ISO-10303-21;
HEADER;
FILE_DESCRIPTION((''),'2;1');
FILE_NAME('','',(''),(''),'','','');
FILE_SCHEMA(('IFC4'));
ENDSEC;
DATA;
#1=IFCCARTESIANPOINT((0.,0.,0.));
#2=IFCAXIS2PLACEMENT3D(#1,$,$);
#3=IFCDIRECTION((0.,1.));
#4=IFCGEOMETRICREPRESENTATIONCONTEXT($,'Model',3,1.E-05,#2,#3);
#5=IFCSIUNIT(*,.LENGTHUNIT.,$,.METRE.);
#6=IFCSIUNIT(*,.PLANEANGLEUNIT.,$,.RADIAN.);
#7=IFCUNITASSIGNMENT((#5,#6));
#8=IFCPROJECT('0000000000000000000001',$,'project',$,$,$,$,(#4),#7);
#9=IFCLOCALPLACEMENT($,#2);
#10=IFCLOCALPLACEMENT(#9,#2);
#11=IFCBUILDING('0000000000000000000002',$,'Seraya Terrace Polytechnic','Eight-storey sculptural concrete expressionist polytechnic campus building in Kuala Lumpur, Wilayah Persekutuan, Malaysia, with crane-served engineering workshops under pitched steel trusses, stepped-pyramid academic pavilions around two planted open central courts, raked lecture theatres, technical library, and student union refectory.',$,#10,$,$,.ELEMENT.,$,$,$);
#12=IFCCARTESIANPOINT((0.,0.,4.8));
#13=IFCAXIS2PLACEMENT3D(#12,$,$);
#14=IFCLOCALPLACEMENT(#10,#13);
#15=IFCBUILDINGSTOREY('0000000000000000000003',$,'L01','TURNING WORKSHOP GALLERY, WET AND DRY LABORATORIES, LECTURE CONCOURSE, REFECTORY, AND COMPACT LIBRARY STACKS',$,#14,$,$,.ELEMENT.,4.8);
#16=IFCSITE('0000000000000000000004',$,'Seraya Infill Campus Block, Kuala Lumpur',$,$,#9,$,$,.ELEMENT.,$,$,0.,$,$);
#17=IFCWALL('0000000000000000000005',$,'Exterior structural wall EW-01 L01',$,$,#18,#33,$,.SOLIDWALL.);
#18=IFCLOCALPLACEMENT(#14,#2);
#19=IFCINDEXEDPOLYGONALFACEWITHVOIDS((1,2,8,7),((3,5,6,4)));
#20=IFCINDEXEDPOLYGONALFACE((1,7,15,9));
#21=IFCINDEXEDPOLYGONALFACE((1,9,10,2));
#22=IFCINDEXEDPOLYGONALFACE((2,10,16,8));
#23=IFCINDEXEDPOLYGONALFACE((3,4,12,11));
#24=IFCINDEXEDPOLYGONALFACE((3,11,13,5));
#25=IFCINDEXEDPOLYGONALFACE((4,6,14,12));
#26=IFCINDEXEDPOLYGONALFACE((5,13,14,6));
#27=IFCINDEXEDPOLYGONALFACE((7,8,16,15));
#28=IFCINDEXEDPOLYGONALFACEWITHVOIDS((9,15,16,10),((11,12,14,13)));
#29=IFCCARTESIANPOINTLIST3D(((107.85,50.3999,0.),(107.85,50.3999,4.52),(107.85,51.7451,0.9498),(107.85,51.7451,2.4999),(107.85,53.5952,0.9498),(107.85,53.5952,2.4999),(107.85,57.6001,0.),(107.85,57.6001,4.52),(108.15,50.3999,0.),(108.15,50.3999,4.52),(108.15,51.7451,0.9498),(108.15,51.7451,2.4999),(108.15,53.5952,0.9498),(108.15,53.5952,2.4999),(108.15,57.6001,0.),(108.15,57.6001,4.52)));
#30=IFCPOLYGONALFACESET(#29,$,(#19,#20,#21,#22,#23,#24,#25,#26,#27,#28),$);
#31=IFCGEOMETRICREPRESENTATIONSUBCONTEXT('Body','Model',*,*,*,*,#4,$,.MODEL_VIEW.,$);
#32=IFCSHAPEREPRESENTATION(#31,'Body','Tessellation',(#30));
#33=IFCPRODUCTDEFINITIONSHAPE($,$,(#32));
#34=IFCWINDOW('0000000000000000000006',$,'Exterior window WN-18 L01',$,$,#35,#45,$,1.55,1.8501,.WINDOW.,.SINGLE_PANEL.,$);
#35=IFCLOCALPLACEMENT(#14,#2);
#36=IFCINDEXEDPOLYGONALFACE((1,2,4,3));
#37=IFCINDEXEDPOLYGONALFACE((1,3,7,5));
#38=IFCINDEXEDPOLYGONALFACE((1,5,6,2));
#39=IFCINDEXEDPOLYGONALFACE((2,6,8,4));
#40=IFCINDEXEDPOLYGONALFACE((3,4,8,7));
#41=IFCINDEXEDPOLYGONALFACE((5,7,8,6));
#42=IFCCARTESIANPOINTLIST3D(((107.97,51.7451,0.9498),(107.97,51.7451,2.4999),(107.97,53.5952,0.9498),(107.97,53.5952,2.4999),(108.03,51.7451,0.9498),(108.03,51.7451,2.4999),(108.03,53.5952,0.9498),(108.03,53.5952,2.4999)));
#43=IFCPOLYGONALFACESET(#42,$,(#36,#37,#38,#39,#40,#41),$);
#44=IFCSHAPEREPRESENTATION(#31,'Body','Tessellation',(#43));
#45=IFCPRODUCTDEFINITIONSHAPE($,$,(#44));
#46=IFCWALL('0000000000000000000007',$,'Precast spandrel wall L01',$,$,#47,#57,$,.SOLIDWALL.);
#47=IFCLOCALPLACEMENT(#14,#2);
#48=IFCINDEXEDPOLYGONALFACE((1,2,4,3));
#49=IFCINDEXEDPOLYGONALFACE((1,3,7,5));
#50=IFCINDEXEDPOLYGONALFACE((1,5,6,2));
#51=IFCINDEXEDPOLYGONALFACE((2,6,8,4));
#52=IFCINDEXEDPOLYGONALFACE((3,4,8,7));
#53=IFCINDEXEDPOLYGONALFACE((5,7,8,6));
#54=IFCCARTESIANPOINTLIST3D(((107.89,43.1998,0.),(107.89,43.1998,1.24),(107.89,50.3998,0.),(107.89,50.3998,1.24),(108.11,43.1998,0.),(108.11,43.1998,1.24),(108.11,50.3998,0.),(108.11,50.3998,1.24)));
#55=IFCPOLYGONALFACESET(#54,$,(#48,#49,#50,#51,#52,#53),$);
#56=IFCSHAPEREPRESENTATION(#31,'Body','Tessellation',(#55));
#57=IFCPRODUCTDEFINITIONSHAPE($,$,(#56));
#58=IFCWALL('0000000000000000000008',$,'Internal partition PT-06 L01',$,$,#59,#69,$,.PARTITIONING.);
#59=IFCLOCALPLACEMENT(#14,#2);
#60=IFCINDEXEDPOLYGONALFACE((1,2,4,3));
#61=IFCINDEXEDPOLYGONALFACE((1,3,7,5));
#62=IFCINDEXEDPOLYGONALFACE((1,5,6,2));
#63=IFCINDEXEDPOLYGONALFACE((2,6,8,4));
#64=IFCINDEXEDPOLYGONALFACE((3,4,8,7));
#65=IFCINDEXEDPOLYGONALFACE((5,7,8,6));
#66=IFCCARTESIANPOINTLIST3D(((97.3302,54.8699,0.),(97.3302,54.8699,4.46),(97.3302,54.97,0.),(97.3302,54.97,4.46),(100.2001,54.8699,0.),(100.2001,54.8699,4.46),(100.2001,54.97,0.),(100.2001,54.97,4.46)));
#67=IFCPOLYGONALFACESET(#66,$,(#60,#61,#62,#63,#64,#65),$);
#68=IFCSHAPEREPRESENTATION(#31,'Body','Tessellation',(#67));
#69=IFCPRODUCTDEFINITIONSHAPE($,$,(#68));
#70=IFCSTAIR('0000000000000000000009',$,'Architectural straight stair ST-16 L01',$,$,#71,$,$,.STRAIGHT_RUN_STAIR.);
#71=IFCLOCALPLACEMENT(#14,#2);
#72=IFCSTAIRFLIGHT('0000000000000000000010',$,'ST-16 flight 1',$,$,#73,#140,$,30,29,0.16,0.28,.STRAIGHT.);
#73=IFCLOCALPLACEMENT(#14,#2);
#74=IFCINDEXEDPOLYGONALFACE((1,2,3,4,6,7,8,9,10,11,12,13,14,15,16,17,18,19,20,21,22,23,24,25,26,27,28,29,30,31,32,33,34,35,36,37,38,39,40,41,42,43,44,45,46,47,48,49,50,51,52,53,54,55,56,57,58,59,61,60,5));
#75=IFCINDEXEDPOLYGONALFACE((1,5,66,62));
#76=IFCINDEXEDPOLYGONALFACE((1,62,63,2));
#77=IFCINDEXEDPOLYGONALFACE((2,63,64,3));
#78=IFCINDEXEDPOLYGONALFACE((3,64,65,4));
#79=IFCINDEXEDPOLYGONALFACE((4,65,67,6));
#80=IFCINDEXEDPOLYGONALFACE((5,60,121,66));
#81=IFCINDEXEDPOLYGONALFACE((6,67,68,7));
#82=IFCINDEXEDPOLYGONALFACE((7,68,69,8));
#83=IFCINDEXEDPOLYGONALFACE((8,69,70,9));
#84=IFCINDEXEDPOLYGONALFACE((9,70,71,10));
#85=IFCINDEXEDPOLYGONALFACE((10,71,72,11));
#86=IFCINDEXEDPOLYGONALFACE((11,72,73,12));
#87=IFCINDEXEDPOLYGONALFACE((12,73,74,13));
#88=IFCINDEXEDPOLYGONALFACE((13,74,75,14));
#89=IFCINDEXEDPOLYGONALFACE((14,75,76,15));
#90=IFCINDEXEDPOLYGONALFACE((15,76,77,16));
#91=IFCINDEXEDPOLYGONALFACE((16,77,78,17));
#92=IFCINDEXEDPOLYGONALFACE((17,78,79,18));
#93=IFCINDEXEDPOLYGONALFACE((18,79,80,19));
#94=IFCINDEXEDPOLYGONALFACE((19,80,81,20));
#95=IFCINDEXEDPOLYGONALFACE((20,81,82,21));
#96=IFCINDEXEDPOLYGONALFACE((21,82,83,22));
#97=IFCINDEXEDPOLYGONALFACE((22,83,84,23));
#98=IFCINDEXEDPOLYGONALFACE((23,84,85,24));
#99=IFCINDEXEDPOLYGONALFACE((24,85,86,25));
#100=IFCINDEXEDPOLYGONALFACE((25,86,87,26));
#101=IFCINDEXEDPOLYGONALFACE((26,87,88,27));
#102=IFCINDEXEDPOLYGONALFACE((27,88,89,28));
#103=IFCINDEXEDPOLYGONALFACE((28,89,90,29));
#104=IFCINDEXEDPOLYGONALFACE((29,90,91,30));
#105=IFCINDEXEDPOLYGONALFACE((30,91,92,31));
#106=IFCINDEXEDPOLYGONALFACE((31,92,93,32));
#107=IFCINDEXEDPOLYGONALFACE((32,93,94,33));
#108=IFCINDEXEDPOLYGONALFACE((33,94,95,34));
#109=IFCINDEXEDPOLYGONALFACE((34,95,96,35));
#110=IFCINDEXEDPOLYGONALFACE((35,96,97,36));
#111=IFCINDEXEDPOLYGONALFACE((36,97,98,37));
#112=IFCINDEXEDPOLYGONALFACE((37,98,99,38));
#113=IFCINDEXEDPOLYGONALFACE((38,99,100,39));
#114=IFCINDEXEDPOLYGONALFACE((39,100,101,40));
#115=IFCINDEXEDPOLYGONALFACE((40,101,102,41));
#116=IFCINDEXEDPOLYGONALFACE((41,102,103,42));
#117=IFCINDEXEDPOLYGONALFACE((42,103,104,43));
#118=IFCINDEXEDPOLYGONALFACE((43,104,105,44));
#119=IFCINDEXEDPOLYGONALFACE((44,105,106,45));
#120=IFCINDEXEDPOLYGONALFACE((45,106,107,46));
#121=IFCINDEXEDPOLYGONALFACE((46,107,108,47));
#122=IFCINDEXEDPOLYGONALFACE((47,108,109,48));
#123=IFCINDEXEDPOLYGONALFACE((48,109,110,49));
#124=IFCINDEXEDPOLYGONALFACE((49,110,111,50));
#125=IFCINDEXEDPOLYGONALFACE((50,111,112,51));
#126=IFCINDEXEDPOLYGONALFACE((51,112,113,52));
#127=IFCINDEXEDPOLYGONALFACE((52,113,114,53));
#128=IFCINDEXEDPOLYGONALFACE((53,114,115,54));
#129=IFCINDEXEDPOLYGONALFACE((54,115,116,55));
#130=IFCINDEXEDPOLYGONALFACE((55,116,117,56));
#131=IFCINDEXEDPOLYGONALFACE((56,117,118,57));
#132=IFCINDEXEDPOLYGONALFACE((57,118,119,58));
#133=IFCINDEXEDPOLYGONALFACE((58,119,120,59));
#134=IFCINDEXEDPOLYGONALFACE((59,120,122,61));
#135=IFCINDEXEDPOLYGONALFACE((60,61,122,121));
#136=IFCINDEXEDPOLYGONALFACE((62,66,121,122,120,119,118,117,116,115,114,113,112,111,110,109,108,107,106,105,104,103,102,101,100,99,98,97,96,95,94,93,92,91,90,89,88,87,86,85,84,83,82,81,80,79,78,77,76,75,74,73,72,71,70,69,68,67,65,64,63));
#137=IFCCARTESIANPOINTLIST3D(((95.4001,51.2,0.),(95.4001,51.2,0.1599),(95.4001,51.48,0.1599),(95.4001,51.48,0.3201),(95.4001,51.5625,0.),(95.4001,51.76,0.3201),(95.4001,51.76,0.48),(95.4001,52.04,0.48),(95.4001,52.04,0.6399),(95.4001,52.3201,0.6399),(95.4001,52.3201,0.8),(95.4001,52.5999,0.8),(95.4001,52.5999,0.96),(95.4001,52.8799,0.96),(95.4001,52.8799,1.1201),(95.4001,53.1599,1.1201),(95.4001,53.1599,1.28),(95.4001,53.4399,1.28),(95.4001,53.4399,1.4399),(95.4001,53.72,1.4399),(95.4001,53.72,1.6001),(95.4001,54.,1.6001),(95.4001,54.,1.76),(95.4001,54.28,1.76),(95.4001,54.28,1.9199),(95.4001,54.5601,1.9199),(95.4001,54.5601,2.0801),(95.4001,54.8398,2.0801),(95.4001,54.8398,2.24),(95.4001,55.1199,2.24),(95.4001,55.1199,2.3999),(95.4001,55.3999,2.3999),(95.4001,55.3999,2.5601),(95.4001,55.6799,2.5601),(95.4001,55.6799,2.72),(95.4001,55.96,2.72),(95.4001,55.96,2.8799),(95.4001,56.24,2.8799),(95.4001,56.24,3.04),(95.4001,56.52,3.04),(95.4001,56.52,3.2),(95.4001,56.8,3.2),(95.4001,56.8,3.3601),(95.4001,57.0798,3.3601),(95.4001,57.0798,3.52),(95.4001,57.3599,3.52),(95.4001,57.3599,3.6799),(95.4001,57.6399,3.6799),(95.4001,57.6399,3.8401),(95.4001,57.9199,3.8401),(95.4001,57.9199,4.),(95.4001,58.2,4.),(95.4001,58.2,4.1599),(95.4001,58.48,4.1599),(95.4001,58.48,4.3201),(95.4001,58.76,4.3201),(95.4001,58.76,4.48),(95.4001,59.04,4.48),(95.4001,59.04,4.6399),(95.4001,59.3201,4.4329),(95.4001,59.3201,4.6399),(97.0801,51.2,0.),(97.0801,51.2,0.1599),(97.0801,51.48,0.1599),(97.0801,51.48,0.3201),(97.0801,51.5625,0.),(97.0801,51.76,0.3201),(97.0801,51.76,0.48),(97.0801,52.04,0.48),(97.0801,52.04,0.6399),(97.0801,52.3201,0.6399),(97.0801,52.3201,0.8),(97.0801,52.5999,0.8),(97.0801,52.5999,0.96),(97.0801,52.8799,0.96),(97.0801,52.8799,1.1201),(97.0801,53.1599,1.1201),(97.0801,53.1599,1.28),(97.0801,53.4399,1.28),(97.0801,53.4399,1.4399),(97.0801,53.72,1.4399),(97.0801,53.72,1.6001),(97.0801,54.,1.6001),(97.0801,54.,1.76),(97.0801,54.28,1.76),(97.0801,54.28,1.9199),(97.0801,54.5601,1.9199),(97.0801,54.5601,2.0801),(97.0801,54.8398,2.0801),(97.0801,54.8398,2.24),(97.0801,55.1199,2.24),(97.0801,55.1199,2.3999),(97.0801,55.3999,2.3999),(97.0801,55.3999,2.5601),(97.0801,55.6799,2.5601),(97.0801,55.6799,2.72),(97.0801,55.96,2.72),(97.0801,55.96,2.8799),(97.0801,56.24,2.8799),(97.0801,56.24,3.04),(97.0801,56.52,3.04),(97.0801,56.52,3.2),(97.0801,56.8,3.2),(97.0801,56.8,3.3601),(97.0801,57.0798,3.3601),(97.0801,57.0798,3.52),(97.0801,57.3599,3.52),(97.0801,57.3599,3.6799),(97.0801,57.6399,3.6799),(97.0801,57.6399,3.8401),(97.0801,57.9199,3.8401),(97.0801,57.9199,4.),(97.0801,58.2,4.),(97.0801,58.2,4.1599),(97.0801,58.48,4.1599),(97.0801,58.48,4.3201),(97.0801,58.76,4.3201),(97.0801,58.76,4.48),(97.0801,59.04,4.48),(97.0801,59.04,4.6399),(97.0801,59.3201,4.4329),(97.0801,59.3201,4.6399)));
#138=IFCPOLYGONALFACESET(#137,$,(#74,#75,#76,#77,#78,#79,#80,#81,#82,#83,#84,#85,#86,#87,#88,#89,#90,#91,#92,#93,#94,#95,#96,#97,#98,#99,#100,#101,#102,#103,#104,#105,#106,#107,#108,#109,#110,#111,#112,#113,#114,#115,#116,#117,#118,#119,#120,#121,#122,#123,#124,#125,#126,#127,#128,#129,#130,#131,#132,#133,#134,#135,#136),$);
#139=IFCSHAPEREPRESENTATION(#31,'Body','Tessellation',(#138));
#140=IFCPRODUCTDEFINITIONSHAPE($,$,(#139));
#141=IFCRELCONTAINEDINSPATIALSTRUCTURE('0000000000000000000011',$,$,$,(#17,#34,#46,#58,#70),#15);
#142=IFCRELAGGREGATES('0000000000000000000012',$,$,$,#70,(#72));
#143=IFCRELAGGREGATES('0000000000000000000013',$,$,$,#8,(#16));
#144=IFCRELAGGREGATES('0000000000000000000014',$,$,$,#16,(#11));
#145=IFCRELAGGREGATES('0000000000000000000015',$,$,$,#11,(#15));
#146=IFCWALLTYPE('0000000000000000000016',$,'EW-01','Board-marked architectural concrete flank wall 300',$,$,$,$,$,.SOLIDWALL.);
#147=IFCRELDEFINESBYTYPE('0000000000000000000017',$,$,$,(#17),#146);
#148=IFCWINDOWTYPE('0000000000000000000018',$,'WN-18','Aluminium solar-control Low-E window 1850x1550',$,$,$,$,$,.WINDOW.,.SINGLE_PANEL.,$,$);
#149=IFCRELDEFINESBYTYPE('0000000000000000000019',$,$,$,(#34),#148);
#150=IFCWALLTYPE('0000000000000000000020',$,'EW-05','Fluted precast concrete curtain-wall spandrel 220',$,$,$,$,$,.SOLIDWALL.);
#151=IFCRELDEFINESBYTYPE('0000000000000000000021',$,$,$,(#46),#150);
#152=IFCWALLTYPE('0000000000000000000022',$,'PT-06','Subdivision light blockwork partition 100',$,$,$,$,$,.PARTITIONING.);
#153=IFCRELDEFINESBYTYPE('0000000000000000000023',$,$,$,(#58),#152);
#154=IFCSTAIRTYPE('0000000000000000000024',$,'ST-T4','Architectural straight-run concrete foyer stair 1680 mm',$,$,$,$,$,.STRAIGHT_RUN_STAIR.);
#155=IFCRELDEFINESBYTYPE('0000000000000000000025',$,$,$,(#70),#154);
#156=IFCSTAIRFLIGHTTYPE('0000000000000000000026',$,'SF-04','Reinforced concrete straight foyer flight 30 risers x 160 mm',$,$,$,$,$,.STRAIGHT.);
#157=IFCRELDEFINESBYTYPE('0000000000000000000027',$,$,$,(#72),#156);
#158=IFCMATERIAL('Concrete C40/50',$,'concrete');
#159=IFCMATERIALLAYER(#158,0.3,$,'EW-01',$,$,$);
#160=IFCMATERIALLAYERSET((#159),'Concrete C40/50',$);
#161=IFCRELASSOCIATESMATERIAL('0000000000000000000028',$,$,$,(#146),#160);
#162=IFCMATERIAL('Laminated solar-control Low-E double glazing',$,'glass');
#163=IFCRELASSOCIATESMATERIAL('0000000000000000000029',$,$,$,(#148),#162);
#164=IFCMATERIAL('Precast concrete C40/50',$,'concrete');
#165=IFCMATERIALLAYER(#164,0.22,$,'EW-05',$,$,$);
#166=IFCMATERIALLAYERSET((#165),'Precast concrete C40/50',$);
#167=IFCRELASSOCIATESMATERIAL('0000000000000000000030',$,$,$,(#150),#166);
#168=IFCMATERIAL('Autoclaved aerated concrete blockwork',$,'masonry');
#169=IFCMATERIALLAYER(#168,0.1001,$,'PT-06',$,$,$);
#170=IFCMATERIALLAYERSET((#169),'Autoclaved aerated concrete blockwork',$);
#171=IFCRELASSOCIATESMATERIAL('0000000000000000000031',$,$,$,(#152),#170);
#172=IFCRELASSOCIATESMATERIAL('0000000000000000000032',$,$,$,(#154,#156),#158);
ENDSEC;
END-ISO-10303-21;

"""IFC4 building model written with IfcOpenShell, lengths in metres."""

from ifc_helpers import new_model, si_unit, direction, frame, frame_2d, origin, place, context, subcontext, project, spatial, polyline, rectangle, outline, extrude, material, layer, layer_set, type_object, element, fill, aggregate, save


model = new_model("IFC4")

# Units and contexts
model_context = context("Model", 3, precision=1e-05, world=origin(), true_north=direction((0.0, 1.0)))
body_context = subcontext(model_context, "Body", "Model", "MODEL_VIEW")
ifc_project = project(units=[si_unit("LENGTHUNIT", "METRE"), si_unit("PLANEANGLEUNIT", "RADIAN")], contexts=[model_context])

# Site, building, storey
site_placement = place(None, origin())
site = spatial("IfcSite", under=ifc_project, at=site_placement, Name="Seraya Infill Campus Block, Kuala Lumpur", CompositionType="ELEMENT", RefElevation=0.0)
building_placement = place(site_placement, origin())
building = spatial("IfcBuilding", under=site, at=building_placement, Name="Seraya Terrace Polytechnic", Description="Eight-storey sculptural concrete expressionist polytechnic campus building in Kuala Lumpur, Wilayah Persekutuan, Malaysia, with crane-served engineering workshops under pitched steel trusses, stepped-pyramid academic pavilions around two planted open central courts, raked lecture theatres, technical library, and student union refectory.", CompositionType="ELEMENT")
storey_placement = place(building_placement, frame((0.0, 0.0, 4.8)))
storey = spatial("IfcBuildingStorey", under=building, at=storey_placement, Name="L01", Description="TURNING WORKSHOP GALLERY, WET AND DRY LABORATORIES, LECTURE CONCOURSE, REFECTORY, AND COMPACT LIBRARY STACKS", CompositionType="ELEMENT", Elevation=4.8)

# Shared definitions
ifc_material_1 = material(Name="Concrete C40/50", Category="concrete")

# Shared definitions
ifc_material_2 = material(Name="Laminated solar-control Low-E double glazing", Category="glass")

# Wall, opening, window
ifc_layer_1 = layer(ifc_material_1, 0.3, Name="EW-01")
ifc_layer_set_1 = layer_set([ifc_layer_1], Name="Concrete C40/50")
wall_type_1 = type_object("IfcWallType", Name="EW-01", Description="Board-marked architectural concrete flank wall 300", PredefinedType="SOLIDWALL", material=ifc_layer_set_1)
wall_1_placement = place(storey_placement, frame((108.0, 57.6001, 0.0), z_axis=(0.0, 0.0, 1.0), x_axis=(0.0, -1.0, 0.0)))
wall_1 = element("IfcWall", 1, at=wall_1_placement, inside=storey, type_object=wall_type_1, Name="Exterior structural wall EW-01 L01", PredefinedType="SOLIDWALL", context=body_context, shape_type="SweptSolid", body=[
    extrude(rectangle(XDim=7.2002, YDim=0.3, at=frame_2d((3.6001, 0.0))), origin(), (0.0, 0.0, 1.0), 4.52),
])
opening_placement = place(wall_1_placement, frame((4.0049, 0.0, 0.95)))
opening = element("IfcOpeningElement", 2, at=opening_placement, cuts=wall_1, PredefinedType="OPENING", context=body_context, shape_type="SweptSolid", body=[
    extrude(rectangle(XDim=1.8501, YDim=1.55, at=frame_2d((0.925, 0.7749))), frame((0.0, 0.1621, 0.0), z_axis=(0.0, -1.0, 0.0), x_axis=(1.0, 0.0, 0.0)), (0.0, 0.0, 1.0), 0.324),
])
window_type = type_object("IfcWindowType", Name="WN-18", Description="Aluminium solar-control Low-E window 1850x1550", PartitioningType="SINGLE_PANEL", PredefinedType="WINDOW", material=ifc_material_2)
window_placement = place(opening_placement, origin())
window = element("IfcWindow", 3, at=window_placement, inside=storey, type_object=window_type, Name="Exterior window WN-18 L01", OverallHeight=1.55, OverallWidth=1.8501, PartitioningType="SINGLE_PANEL", PredefinedType="WINDOW", context=body_context, shape_type="SweptSolid", body=[
    extrude(rectangle(XDim=1.8501, YDim=1.55, at=frame_2d((0.925, 0.7749))), frame((0.0, 0.03, 0.0), z_axis=(0.0, -1.0, 0.0), x_axis=(1.0, 0.0, 0.0)), (0.0, 0.0, 1.0), 0.0601),
])
fill(opening, window)

# Walls
ifc_material_3 = material(Name="Precast concrete C40/50", Category="concrete")
ifc_layer_2 = layer(ifc_material_3, 0.22, Name="EW-05")
ifc_layer_set_2 = layer_set([ifc_layer_2], Name="Precast concrete C40/50")
wall_type_2 = type_object("IfcWallType", Name="EW-05", Description="Fluted precast concrete curtain-wall spandrel 220", PredefinedType="SOLIDWALL", material=ifc_layer_set_2)
wall_2_placement = place(storey_placement, frame((108.0, 50.3999, 0.0), z_axis=(0.0, 0.0, 1.0), x_axis=(0.0, -1.0, 0.0)))
element("IfcWall", 4, at=wall_2_placement, inside=storey, type_object=wall_type_2, Name="Precast spandrel wall L01", PredefinedType="SOLIDWALL", context=body_context, shape_type="SweptSolid", body=[
    extrude(rectangle(XDim=7.2, YDim=0.22, at=frame_2d((3.6001, 0.0))), origin(), (0.0, 0.0, 1.0), 1.24),
])
ifc_material_4 = material(Name="Autoclaved aerated concrete blockwork", Category="masonry")
ifc_layer_3 = layer(ifc_material_4, 0.1001, Name="PT-06")
ifc_layer_set_3 = layer_set([ifc_layer_3], Name="Autoclaved aerated concrete blockwork")
wall_type_3 = type_object("IfcWallType", Name="PT-06", Description="Subdivision light blockwork partition 100", PredefinedType="PARTITIONING", material=ifc_layer_set_3)
wall_3_placement = place(storey_placement, frame((97.3301, 54.9199, 0.0), z_axis=(0.0, 0.0, 1.0), x_axis=(1.0, 0.0, 0.0)))
element("IfcWall", 5, at=wall_3_placement, inside=storey, type_object=wall_type_3, Name="Internal partition PT-06 L01", PredefinedType="PARTITIONING", context=body_context, shape_type="SweptSolid", body=[
    extrude(rectangle(XDim=2.8699, YDim=0.1001, at=frame_2d((1.4351, 0.0))), origin(), (0.0, 0.0, 1.0), 4.46),
])

# Stair, stair flight
stair_type = type_object("IfcStairType", Name="ST-T4", Description="Architectural straight-run concrete foyer stair 1680 mm", PredefinedType="STRAIGHT_RUN_STAIR", material=ifc_material_1)
stair_placement = place(storey_placement, origin())
stair = element("IfcStair", 6, at=stair_placement, inside=storey, type_object=stair_type, Name="Architectural straight stair ST-16 L01", PredefinedType="STRAIGHT_RUN_STAIR")
stair_flight_type = type_object("IfcStairFlightType", Name="SF-04", Description="Reinforced concrete straight foyer flight 30 risers x 160 mm", PredefinedType="STRAIGHT", material=ifc_material_1)
stair_flight_placement = place(storey_placement, frame((96.24, 51.2, 0.0), z_axis=(0.0, 0.0, 1.0), x_axis=(0.0, 1.0, 0.0)))
stair_flight = element("IfcStairFlight", 7, at=stair_flight_placement, type_object=stair_flight_type, Name="ST-16 flight 1", NumberOfRisers=30, NumberOfTreads=29, PredefinedType="STRAIGHT", RiserHeight=0.16, TreadLength=0.28, context=body_context, shape_type="SweptSolid", body=[
    extrude(outline(polyline([(0.0, 0.0), (0.0, 0.1599), (0.28, 0.1599), (0.28, 0.3201), (0.5601, 0.3201), (0.5601, 0.48), (0.8401, 0.48), (0.8401, 0.6399), (1.1201, 0.6399), (1.1201, 0.8), (1.3999, 0.8), (1.3999, 0.96), (1.6799, 0.96), (1.6799, 1.1201), (1.96, 1.1201), (1.96, 1.28), (2.24, 1.28), (2.24, 1.4399), (2.52, 1.4399), (2.52, 1.6001), (2.8, 1.6001), (2.8, 1.76), (3.0801, 1.76), (3.0801, 1.9199), (3.3601, 1.9199), (3.3601, 2.0801), (3.6399, 2.0801), (3.6399, 2.24), (3.9199, 2.24), (3.9199, 2.3999), (4.2, 2.3999), (4.2, 2.5601), (4.48, 2.5601), (4.48, 2.72), (4.76, 2.72), (4.76, 2.8799), (5.04, 2.8799), (5.04, 3.04), (5.3201, 3.04), (5.3201, 3.2), (5.6001, 3.2), (5.6001, 3.3601), (5.8799, 3.3601), (5.8799, 3.52), (6.1599, 3.52), (6.1599, 3.6799), (6.4399, 3.6799), (6.4399, 3.8401), (6.72, 3.8401), (6.72, 4.0), (7.0, 4.0), (7.0, 4.1599), (7.28, 4.1599), (7.28, 4.3201), (7.5601, 4.3201), (7.5601, 4.48), (7.8401, 4.48), (7.8401, 4.6399), (8.1201, 4.6399), (8.1201, 4.8), (8.1201, 4.4329), (0.3625, 0.0), (0.0, 0.0)])), frame((0.0, 0.8398, 0.0), z_axis=(0.0, -1.0, 0.0), x_axis=(1.0, 0.0, 0.0)), (0.0, 0.0, 1.0), 1.6799),
])
aggregate(stair, [stair_flight])

save(model, "model.ifc")
